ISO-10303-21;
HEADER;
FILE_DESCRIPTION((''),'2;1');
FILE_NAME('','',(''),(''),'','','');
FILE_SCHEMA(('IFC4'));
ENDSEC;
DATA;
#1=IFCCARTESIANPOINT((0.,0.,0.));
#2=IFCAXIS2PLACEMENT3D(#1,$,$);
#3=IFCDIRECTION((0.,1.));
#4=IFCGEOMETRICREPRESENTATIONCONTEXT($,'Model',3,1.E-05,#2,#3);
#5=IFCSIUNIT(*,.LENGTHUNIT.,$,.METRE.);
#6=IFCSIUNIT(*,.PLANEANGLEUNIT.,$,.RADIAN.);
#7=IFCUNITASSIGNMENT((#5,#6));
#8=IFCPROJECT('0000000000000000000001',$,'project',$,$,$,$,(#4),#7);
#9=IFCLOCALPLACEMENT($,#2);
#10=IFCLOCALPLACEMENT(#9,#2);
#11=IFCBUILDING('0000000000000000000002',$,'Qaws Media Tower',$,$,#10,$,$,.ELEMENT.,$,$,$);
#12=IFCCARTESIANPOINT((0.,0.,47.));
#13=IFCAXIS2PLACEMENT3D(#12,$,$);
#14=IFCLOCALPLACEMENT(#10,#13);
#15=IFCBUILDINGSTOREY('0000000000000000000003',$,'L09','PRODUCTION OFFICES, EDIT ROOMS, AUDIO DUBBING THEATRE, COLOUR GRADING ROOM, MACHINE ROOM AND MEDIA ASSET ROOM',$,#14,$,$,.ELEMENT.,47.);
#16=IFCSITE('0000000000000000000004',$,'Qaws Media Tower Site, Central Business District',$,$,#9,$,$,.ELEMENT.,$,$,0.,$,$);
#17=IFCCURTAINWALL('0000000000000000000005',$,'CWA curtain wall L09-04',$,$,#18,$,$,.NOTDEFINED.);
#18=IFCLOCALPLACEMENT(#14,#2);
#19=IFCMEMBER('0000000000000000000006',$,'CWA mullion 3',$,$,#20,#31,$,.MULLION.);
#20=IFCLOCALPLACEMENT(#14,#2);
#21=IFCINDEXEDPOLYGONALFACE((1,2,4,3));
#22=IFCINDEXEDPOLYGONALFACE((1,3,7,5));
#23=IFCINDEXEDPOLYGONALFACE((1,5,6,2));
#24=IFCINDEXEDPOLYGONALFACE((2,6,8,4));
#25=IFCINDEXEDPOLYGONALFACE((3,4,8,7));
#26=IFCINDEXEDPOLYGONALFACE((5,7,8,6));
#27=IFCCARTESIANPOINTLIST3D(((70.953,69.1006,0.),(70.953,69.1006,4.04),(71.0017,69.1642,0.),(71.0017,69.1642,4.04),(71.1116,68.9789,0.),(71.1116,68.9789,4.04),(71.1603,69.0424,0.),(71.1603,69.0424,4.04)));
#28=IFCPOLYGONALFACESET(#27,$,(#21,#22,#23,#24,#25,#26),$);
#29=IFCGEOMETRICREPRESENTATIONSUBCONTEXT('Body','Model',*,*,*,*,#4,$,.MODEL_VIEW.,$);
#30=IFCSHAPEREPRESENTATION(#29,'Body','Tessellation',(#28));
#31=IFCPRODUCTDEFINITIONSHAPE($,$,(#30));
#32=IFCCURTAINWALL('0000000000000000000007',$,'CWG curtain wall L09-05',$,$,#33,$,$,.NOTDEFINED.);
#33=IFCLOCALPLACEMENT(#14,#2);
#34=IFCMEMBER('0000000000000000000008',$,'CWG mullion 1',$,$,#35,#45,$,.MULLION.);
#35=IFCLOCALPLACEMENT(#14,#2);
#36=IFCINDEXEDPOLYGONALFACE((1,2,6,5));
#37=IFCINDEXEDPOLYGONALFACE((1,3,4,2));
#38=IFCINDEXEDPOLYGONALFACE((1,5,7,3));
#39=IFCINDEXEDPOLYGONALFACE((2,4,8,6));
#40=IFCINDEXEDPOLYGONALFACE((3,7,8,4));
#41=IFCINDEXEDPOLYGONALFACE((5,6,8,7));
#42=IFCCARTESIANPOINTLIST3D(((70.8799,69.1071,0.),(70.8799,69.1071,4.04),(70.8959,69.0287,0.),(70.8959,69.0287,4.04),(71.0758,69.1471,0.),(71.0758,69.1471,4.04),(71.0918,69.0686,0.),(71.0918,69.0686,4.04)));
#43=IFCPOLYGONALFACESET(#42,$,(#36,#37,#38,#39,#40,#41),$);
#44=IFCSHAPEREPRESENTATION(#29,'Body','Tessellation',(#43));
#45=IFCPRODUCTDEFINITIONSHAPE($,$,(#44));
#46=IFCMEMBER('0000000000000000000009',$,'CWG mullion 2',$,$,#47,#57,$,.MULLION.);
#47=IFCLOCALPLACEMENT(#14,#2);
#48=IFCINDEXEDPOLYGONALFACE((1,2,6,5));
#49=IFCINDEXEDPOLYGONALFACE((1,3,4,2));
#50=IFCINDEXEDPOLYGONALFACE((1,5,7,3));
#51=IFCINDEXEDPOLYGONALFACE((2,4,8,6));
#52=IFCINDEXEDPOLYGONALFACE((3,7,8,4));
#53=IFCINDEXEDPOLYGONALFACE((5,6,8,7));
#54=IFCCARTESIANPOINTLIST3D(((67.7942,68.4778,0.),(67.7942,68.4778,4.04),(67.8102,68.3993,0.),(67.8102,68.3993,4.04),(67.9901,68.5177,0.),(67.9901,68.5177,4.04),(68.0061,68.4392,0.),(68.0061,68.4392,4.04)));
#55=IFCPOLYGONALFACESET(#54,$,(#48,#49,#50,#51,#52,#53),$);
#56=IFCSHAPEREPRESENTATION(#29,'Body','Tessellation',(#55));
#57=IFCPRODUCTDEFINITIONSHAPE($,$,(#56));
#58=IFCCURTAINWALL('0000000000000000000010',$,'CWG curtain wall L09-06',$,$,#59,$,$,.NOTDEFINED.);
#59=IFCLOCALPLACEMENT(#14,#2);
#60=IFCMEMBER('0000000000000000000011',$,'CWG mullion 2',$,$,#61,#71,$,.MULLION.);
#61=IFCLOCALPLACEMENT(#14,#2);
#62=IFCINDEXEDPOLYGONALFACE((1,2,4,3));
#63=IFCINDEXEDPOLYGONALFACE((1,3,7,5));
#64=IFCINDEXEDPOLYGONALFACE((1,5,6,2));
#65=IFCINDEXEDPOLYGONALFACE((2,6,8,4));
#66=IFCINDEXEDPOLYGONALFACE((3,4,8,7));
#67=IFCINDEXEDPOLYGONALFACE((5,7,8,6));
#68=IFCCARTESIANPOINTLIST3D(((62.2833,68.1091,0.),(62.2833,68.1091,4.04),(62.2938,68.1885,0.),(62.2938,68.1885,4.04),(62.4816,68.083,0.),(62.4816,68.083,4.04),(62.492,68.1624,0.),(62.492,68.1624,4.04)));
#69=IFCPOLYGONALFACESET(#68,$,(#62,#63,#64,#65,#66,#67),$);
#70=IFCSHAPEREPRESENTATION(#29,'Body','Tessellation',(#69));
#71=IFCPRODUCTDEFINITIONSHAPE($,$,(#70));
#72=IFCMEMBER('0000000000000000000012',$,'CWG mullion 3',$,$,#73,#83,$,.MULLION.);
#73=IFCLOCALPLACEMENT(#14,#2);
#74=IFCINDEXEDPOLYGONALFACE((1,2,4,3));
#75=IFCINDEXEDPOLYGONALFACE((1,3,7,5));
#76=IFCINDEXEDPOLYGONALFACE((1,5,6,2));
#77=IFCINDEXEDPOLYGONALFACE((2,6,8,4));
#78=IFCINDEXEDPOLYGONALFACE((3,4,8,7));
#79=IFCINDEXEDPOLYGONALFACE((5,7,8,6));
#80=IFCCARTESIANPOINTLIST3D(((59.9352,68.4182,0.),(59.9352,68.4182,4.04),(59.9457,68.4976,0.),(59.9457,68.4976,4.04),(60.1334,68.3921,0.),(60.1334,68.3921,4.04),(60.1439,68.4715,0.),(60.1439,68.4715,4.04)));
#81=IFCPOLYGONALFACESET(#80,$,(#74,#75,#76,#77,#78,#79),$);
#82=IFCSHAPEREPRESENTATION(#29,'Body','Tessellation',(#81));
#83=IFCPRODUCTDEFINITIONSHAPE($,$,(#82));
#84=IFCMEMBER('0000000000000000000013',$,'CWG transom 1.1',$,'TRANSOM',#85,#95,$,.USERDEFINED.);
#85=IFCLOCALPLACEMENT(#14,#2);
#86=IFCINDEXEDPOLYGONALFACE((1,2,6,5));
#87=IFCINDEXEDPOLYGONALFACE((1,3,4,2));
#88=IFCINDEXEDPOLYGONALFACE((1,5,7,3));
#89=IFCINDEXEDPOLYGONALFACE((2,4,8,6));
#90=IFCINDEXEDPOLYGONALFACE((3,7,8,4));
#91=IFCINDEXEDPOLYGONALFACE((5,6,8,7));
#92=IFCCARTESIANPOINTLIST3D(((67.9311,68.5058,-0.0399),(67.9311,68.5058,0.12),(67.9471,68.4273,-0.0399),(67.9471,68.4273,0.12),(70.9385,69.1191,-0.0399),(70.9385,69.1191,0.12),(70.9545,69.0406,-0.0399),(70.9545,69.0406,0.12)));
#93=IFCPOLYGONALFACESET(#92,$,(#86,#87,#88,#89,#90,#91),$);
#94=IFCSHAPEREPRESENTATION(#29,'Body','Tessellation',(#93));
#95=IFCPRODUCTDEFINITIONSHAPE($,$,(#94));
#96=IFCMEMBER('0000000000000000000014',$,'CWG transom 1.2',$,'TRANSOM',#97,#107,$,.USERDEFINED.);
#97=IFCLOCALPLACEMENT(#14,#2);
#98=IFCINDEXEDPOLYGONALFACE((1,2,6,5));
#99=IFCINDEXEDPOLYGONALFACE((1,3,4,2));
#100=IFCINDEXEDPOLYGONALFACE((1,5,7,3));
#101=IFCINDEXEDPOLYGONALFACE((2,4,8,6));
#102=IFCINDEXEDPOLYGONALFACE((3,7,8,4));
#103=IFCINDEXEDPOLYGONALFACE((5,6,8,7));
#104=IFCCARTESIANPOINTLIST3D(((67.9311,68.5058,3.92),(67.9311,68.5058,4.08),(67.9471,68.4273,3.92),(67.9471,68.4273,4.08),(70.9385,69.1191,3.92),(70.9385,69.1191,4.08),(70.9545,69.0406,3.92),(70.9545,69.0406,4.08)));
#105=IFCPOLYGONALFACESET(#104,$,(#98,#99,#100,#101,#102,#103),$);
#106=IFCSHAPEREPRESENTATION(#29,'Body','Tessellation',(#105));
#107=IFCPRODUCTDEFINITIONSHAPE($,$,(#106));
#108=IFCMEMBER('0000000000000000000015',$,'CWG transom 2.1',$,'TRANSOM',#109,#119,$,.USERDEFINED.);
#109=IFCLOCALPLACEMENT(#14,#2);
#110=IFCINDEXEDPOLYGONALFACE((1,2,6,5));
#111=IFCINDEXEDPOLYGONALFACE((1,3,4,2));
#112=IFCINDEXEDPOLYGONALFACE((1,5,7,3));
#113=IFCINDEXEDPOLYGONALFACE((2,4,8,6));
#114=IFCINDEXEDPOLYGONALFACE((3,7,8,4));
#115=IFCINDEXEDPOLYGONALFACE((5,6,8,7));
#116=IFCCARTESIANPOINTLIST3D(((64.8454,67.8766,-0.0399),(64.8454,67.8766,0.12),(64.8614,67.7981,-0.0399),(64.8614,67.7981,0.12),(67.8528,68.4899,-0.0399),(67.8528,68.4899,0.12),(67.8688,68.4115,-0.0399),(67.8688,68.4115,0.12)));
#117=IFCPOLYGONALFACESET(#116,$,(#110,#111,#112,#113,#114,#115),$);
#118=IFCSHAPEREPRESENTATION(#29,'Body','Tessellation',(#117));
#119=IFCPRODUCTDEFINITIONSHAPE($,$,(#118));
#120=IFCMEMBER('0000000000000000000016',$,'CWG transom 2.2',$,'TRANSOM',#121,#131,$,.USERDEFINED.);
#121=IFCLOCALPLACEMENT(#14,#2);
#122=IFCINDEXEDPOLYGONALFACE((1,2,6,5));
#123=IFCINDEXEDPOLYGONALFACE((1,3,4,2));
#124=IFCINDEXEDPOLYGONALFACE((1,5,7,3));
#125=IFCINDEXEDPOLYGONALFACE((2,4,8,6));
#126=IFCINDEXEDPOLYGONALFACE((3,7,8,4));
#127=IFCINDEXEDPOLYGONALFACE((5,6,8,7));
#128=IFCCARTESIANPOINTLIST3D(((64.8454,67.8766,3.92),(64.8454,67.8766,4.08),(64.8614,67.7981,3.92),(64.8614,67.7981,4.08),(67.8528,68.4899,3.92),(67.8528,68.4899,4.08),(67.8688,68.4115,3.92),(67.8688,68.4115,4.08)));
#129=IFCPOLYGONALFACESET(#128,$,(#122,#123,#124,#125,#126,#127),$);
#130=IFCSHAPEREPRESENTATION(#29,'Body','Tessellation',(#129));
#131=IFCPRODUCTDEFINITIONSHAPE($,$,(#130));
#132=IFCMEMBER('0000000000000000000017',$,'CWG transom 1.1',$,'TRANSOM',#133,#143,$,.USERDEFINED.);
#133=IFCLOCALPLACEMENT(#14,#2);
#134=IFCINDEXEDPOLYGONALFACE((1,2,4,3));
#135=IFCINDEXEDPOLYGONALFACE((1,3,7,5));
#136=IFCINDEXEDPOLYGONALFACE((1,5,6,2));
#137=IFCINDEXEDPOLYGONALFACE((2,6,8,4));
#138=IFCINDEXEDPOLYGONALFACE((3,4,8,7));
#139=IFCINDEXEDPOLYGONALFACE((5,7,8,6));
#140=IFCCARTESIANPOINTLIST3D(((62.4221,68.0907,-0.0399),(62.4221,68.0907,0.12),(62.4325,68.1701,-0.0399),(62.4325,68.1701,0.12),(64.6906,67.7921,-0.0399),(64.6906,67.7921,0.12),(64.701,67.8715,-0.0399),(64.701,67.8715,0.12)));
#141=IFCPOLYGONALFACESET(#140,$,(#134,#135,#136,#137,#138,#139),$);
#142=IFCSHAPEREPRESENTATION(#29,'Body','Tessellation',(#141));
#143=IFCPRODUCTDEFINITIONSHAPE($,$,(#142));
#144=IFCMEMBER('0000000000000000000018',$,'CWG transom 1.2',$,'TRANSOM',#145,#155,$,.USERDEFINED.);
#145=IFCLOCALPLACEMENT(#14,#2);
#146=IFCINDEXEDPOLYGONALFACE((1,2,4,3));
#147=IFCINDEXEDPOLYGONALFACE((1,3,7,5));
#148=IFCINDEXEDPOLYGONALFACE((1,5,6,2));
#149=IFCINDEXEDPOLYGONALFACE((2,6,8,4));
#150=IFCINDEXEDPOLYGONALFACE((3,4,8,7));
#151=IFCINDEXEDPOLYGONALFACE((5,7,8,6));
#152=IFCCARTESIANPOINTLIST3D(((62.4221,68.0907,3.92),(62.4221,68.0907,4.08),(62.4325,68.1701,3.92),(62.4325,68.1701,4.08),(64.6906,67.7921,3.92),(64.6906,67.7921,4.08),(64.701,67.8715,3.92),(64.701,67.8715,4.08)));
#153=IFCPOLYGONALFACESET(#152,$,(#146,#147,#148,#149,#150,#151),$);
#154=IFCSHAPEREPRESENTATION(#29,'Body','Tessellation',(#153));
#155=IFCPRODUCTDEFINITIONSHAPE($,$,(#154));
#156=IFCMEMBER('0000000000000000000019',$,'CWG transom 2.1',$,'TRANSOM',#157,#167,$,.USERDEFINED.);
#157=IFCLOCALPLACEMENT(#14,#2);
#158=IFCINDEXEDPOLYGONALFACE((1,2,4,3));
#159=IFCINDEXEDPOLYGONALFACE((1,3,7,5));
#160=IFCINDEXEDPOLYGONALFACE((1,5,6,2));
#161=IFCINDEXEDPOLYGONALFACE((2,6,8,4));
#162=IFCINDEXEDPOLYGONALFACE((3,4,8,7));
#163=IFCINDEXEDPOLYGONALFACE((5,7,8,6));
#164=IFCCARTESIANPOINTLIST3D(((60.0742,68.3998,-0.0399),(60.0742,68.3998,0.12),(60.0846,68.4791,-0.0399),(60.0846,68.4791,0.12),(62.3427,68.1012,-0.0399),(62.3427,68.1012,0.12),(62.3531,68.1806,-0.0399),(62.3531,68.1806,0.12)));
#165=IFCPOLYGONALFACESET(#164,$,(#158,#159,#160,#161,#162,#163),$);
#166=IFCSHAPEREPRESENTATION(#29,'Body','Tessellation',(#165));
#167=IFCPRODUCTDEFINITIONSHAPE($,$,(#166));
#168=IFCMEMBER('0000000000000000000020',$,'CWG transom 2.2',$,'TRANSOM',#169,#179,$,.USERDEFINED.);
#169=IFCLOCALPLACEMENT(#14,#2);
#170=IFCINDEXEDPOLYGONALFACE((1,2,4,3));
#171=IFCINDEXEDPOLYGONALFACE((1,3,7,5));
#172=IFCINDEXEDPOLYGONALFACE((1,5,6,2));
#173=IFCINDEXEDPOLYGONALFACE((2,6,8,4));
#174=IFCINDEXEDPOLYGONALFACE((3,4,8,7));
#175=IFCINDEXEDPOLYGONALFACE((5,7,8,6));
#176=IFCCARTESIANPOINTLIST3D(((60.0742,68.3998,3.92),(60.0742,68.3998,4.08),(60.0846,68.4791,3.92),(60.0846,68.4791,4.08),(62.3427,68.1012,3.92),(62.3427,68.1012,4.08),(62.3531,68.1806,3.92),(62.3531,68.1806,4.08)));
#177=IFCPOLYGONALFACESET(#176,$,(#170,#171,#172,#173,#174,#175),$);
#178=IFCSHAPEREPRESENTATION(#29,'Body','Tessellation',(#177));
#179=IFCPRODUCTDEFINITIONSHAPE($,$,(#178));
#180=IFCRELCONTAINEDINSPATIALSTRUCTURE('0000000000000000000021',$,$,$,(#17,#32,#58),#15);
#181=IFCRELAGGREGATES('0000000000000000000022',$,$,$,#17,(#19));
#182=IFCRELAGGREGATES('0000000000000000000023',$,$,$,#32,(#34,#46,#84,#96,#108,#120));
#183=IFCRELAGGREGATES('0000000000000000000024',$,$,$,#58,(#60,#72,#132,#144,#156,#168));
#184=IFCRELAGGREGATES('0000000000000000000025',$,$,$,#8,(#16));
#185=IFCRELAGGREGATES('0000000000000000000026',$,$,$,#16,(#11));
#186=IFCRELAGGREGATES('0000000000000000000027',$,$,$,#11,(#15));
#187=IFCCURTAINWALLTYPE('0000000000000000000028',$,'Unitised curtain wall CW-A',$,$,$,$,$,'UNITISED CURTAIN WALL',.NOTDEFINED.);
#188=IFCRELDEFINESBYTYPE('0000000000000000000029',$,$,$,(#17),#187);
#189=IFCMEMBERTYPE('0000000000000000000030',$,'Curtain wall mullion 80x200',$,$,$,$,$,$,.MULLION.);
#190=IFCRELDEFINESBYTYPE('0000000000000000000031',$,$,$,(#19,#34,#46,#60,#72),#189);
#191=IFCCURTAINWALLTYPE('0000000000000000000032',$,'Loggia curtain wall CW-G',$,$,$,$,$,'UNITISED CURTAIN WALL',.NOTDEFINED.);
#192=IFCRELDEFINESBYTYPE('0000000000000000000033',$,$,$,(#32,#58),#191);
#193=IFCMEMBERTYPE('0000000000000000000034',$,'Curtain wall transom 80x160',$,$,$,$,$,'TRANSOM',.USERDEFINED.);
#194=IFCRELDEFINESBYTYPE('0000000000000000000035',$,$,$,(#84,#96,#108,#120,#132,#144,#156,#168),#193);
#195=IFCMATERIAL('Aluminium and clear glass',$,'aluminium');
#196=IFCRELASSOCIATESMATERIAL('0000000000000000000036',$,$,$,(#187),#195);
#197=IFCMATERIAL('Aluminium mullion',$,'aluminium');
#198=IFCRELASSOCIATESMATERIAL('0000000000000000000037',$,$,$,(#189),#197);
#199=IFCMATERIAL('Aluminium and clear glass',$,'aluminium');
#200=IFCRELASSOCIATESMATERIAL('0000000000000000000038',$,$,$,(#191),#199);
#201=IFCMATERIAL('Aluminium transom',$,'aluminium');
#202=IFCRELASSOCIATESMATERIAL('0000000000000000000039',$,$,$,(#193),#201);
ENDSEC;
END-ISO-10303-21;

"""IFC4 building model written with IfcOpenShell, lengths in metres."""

from ifc_helpers import new_model, si_unit, direction, frame, origin, origin_2d, place, context, subcontext, project, spatial, rectangle, extrude, material, material_profile, profile_set, type_object, element, aggregate, save


model = new_model("IFC4")

# Units and contexts
model_context = context("Model", 3, precision=1e-05, world=origin(), true_north=direction((0.0, 1.0)))
body_context = subcontext(model_context, "Body", "Model", "MODEL_VIEW")
ifc_project = project(units=[si_unit("LENGTHUNIT", "METRE"), si_unit("PLANEANGLEUNIT", "RADIAN")], contexts=[model_context])

# Site, building, storey
site_placement = place(None, origin())
site = spatial("IfcSite", under=ifc_project, at=site_placement, Name="Qaws Media Tower Site, Central Business District", CompositionType="ELEMENT", RefElevation=0.0)
building_placement = place(site_placement, origin())
building = spatial("IfcBuilding", under=site, at=building_placement, Name="Qaws Media Tower", CompositionType="ELEMENT")
storey_placement = place(building_placement, frame((0.0, 0.0, 47.0)))
storey = spatial("IfcBuildingStorey", under=building, at=storey_placement, Name="L09", Description="PRODUCTION OFFICES, EDIT ROOMS, AUDIO DUBBING THEATRE, COLOUR GRADING ROOM, MACHINE ROOM AND MEDIA ASSET ROOM", CompositionType="ELEMENT", Elevation=47.0)

# Curtain wall, member
ifc_material_1 = material(Name="Aluminium and clear glass", Category="aluminium")
curtain_wall_type_1 = type_object("IfcCurtainWallType", Name="Unitised curtain wall CW-A", ElementType="UNITISED CURTAIN WALL", PredefinedType="NOTDEFINED", material=ifc_material_1)
curtain_wall_1_placement = place(storey_placement, origin())
curtain_wall_1 = element("IfcCurtainWall", 1, at=curtain_wall_1_placement, inside=storey, type_object=curtain_wall_type_1, Name="CWA curtain wall L09-04", PredefinedType="NOTDEFINED")
ifc_material_2 = material(Name="Aluminium mullion", Category="aluminium")
ifc_material_profile_1 = material_profile(ifc_material_2, rectangle(XDim=0.0801, YDim=0.2, at=origin_2d()), Name="80x200")
ifc_profile_set_1 = profile_set([ifc_material_profile_1], Name="Aluminium mullion")
member_type_1 = type_object("IfcMemberType", Name="Curtain wall mullion 80x200", PredefinedType="MULLION", material=ifc_profile_set_1)
member_1_placement = place(storey_placement, frame((71.0566, 69.0715, 0.0), z_axis=(0.0, 0.0, 1.0), x_axis=(-0.608761, -0.793353, 0.0)))
member_1 = element("IfcMember", 2, at=member_1_placement, type_object=member_type_1, Name="CWA mullion 3", PredefinedType="MULLION", context=body_context, shape_type="SweptSolid", body=[
    extrude(rectangle(XDim=0.0801, YDim=0.2, at=origin_2d()), origin(), (0.0, 0.0, 1.0), 4.04),
])
aggregate(curtain_wall_1, [member_1])

# Curtain walls, members
ifc_material_3 = material(Name="Aluminium and clear glass", Category="aluminium")
curtain_wall_type_2 = type_object("IfcCurtainWallType", Name="Loggia curtain wall CW-G", ElementType="UNITISED CURTAIN WALL", PredefinedType="NOTDEFINED", material=ifc_material_3)
curtain_wall_2_placement = place(storey_placement, origin())
curtain_wall_2 = element("IfcCurtainWall", 3, at=curtain_wall_2_placement, inside=storey, type_object=curtain_wall_type_2, Name="CWG curtain wall L09-05", PredefinedType="NOTDEFINED")
member_2_placement = place(storey_placement, frame((70.9858, 69.0879, 0.0), z_axis=(0.0, 0.0, 1.0), x_axis=(0.199819, -0.979833, 0.0)))
member_2 = element("IfcMember", 4, at=member_2_placement, type_object=member_type_1, Name="CWG mullion 1", PredefinedType="MULLION", context=body_context, shape_type="SweptSolid", body=[
    extrude(rectangle(XDim=0.0801, YDim=0.2, at=origin_2d()), origin(), (0.0, 0.0, 1.0), 4.04),
])
member_3_placement = place(storey_placement, frame((67.9001, 68.4585, 0.0), z_axis=(0.0, 0.0, 1.0), x_axis=(0.199819, -0.979833, 0.0)))
member_3 = element("IfcMember", 5, at=member_3_placement, type_object=member_type_1, Name="CWG mullion 2", PredefinedType="MULLION", context=body_context, shape_type="SweptSolid", body=[
    extrude(rectangle(XDim=0.0801, YDim=0.2, at=origin_2d()), origin(), (0.0, 0.0, 1.0), 4.04),
])
curtain_wall_3_placement = place(storey_placement, origin())
curtain_wall_3 = element("IfcCurtainWall", 6, at=curtain_wall_3_placement, inside=storey, type_object=curtain_wall_type_2, Name="CWG curtain wall L09-06", PredefinedType="NOTDEFINED")
member_4_placement = place(storey_placement, frame((62.3877, 68.1357, 0.0), z_axis=(0.0, 0.0, 1.0), x_axis=(-0.130526, -0.991445, 0.0)))
member_4 = element("IfcMember", 7, at=member_4_placement, type_object=member_type_1, Name="CWG mullion 2", PredefinedType="MULLION", context=body_context, shape_type="SweptSolid", body=[
    extrude(rectangle(XDim=0.0801, YDim=0.2, at=origin_2d()), origin(), (0.0, 0.0, 1.0), 4.04),
])
member_5_placement = place(storey_placement, frame((60.0396, 68.4448, 0.0), z_axis=(0.0, 0.0, 1.0), x_axis=(-0.130526, -0.991445, 0.0)))
member_5 = element("IfcMember", 8, at=member_5_placement, type_object=member_type_1, Name="CWG mullion 3", PredefinedType="MULLION", context=body_context, shape_type="SweptSolid", body=[
    extrude(rectangle(XDim=0.0801, YDim=0.2, at=origin_2d()), origin(), (0.0, 0.0, 1.0), 4.04),
])

# Members
ifc_material_4 = material(Name="Aluminium transom", Category="aluminium")
ifc_material_profile_2 = material_profile(ifc_material_4, rectangle(XDim=0.0801, YDim=0.1599, at=origin_2d()), Name="80x160")
ifc_profile_set_2 = profile_set([ifc_material_profile_2], Name="Aluminium transom")
member_type_2 = type_object("IfcMemberType", Name="Curtain wall transom 80x160", ElementType="TRANSOM", PredefinedType="USERDEFINED", material=ifc_profile_set_2)
member_6_placement = place(storey_placement, frame((70.9465, 69.0798, 0.04), z_axis=(-0.979833, -0.199817, 0.0), x_axis=(0.199817, -0.979833, 0.0)))
member_6 = element("IfcMember", 9, at=member_6_placement, type_object=member_type_2, Name="CWG transom 1.1", ObjectType="TRANSOM", PredefinedType="USERDEFINED", context=body_context, shape_type="SweptSolid", body=[
    extrude(rectangle(XDim=0.0801, YDim=0.1599, at=origin_2d()), origin(), (0.0, 0.0, 1.0), 3.0693),
])
member_7_placement = place(storey_placement, frame((70.9465, 69.0798, 4.0), z_axis=(-0.979833, -0.199817, 0.0), x_axis=(0.199817, -0.979833, 0.0)))
member_7 = element("IfcMember", 10, at=member_7_placement, type_object=member_type_2, Name="CWG transom 1.2", ObjectType="TRANSOM", PredefinedType="USERDEFINED", context=body_context, shape_type="SweptSolid", body=[
    extrude(rectangle(XDim=0.0801, YDim=0.1599, at=origin_2d()), origin(), (0.0, 0.0, 1.0), 3.0693),
])
member_8_placement = place(storey_placement, frame((67.8608, 68.4507, 0.04), z_axis=(-0.979833, -0.199817, 0.0), x_axis=(0.199817, -0.979833, 0.0)))
member_8 = element("IfcMember", 11, at=member_8_placement, type_object=member_type_2, Name="CWG transom 2.1", ObjectType="TRANSOM", PredefinedType="USERDEFINED", context=body_context, shape_type="SweptSolid", body=[
    extrude(rectangle(XDim=0.0801, YDim=0.1599, at=origin_2d()), origin(), (0.0, 0.0, 1.0), 3.0693),
])
member_9_placement = place(storey_placement, frame((67.8608, 68.4507, 4.0), z_axis=(-0.979833, -0.199817, 0.0), x_axis=(0.199817, -0.979833, 0.0)))
member_9 = element("IfcMember", 12, at=member_9_placement, type_object=member_type_2, Name="CWG transom 2.2", ObjectType="TRANSOM", PredefinedType="USERDEFINED", context=body_context, shape_type="SweptSolid", body=[
    extrude(rectangle(XDim=0.0801, YDim=0.1599, at=origin_2d()), origin(), (0.0, 0.0, 1.0), 3.0693),
])
member_10_placement = place(storey_placement, frame((64.6958, 67.8318, 0.04), z_axis=(-0.991449, 0.130493, 0.0), x_axis=(-0.130493, -0.991449, 0.0)))
member_10 = element("IfcMember", 13, at=member_10_placement, type_object=member_type_2, Name="CWG transom 1.1", ObjectType="TRANSOM", PredefinedType="USERDEFINED", context=body_context, shape_type="SweptSolid", body=[
    extrude(rectangle(XDim=0.0801, YDim=0.1599, at=origin_2d()), origin(), (0.0, 0.0, 1.0), 2.2881),
])
member_11_placement = place(storey_placement, frame((64.6958, 67.8318, 4.0), z_axis=(-0.991449, 0.130493, 0.0), x_axis=(-0.130493, -0.991449, 0.0)))
member_11 = element("IfcMember", 14, at=member_11_placement, type_object=member_type_2, Name="CWG transom 1.2", ObjectType="TRANSOM", PredefinedType="USERDEFINED", context=body_context, shape_type="SweptSolid", body=[
    extrude(rectangle(XDim=0.0801, YDim=0.1599, at=origin_2d()), origin(), (0.0, 0.0, 1.0), 2.2881),
])
member_12_placement = place(storey_placement, frame((62.3479, 68.1409, 0.04), z_axis=(-0.991449, 0.130493, 0.0), x_axis=(-0.130493, -0.991449, 0.0)))
member_12 = element("IfcMember", 15, at=member_12_placement, type_object=member_type_2, Name="CWG transom 2.1", ObjectType="TRANSOM", PredefinedType="USERDEFINED", context=body_context, shape_type="SweptSolid", body=[
    extrude(rectangle(XDim=0.0801, YDim=0.1599, at=origin_2d()), origin(), (0.0, 0.0, 1.0), 2.2881),
])
member_13_placement = place(storey_placement, frame((62.3479, 68.1409, 4.0), z_axis=(-0.991449, 0.130493, 0.0), x_axis=(-0.130493, -0.991449, 0.0)))
member_13 = element("IfcMember", 16, at=member_13_placement, type_object=member_type_2, Name="CWG transom 2.2", ObjectType="TRANSOM", PredefinedType="USERDEFINED", context=body_context, shape_type="SweptSolid", body=[
    extrude(rectangle(XDim=0.0801, YDim=0.1599, at=origin_2d()), origin(), (0.0, 0.0, 1.0), 2.2881),
])

aggregate(curtain_wall_2, [member_2, member_3, member_6, member_7, member_8, member_9])
aggregate(curtain_wall_3, [member_4, member_5, member_10, member_11, member_12, member_13])

save(model, "model.ifc")
